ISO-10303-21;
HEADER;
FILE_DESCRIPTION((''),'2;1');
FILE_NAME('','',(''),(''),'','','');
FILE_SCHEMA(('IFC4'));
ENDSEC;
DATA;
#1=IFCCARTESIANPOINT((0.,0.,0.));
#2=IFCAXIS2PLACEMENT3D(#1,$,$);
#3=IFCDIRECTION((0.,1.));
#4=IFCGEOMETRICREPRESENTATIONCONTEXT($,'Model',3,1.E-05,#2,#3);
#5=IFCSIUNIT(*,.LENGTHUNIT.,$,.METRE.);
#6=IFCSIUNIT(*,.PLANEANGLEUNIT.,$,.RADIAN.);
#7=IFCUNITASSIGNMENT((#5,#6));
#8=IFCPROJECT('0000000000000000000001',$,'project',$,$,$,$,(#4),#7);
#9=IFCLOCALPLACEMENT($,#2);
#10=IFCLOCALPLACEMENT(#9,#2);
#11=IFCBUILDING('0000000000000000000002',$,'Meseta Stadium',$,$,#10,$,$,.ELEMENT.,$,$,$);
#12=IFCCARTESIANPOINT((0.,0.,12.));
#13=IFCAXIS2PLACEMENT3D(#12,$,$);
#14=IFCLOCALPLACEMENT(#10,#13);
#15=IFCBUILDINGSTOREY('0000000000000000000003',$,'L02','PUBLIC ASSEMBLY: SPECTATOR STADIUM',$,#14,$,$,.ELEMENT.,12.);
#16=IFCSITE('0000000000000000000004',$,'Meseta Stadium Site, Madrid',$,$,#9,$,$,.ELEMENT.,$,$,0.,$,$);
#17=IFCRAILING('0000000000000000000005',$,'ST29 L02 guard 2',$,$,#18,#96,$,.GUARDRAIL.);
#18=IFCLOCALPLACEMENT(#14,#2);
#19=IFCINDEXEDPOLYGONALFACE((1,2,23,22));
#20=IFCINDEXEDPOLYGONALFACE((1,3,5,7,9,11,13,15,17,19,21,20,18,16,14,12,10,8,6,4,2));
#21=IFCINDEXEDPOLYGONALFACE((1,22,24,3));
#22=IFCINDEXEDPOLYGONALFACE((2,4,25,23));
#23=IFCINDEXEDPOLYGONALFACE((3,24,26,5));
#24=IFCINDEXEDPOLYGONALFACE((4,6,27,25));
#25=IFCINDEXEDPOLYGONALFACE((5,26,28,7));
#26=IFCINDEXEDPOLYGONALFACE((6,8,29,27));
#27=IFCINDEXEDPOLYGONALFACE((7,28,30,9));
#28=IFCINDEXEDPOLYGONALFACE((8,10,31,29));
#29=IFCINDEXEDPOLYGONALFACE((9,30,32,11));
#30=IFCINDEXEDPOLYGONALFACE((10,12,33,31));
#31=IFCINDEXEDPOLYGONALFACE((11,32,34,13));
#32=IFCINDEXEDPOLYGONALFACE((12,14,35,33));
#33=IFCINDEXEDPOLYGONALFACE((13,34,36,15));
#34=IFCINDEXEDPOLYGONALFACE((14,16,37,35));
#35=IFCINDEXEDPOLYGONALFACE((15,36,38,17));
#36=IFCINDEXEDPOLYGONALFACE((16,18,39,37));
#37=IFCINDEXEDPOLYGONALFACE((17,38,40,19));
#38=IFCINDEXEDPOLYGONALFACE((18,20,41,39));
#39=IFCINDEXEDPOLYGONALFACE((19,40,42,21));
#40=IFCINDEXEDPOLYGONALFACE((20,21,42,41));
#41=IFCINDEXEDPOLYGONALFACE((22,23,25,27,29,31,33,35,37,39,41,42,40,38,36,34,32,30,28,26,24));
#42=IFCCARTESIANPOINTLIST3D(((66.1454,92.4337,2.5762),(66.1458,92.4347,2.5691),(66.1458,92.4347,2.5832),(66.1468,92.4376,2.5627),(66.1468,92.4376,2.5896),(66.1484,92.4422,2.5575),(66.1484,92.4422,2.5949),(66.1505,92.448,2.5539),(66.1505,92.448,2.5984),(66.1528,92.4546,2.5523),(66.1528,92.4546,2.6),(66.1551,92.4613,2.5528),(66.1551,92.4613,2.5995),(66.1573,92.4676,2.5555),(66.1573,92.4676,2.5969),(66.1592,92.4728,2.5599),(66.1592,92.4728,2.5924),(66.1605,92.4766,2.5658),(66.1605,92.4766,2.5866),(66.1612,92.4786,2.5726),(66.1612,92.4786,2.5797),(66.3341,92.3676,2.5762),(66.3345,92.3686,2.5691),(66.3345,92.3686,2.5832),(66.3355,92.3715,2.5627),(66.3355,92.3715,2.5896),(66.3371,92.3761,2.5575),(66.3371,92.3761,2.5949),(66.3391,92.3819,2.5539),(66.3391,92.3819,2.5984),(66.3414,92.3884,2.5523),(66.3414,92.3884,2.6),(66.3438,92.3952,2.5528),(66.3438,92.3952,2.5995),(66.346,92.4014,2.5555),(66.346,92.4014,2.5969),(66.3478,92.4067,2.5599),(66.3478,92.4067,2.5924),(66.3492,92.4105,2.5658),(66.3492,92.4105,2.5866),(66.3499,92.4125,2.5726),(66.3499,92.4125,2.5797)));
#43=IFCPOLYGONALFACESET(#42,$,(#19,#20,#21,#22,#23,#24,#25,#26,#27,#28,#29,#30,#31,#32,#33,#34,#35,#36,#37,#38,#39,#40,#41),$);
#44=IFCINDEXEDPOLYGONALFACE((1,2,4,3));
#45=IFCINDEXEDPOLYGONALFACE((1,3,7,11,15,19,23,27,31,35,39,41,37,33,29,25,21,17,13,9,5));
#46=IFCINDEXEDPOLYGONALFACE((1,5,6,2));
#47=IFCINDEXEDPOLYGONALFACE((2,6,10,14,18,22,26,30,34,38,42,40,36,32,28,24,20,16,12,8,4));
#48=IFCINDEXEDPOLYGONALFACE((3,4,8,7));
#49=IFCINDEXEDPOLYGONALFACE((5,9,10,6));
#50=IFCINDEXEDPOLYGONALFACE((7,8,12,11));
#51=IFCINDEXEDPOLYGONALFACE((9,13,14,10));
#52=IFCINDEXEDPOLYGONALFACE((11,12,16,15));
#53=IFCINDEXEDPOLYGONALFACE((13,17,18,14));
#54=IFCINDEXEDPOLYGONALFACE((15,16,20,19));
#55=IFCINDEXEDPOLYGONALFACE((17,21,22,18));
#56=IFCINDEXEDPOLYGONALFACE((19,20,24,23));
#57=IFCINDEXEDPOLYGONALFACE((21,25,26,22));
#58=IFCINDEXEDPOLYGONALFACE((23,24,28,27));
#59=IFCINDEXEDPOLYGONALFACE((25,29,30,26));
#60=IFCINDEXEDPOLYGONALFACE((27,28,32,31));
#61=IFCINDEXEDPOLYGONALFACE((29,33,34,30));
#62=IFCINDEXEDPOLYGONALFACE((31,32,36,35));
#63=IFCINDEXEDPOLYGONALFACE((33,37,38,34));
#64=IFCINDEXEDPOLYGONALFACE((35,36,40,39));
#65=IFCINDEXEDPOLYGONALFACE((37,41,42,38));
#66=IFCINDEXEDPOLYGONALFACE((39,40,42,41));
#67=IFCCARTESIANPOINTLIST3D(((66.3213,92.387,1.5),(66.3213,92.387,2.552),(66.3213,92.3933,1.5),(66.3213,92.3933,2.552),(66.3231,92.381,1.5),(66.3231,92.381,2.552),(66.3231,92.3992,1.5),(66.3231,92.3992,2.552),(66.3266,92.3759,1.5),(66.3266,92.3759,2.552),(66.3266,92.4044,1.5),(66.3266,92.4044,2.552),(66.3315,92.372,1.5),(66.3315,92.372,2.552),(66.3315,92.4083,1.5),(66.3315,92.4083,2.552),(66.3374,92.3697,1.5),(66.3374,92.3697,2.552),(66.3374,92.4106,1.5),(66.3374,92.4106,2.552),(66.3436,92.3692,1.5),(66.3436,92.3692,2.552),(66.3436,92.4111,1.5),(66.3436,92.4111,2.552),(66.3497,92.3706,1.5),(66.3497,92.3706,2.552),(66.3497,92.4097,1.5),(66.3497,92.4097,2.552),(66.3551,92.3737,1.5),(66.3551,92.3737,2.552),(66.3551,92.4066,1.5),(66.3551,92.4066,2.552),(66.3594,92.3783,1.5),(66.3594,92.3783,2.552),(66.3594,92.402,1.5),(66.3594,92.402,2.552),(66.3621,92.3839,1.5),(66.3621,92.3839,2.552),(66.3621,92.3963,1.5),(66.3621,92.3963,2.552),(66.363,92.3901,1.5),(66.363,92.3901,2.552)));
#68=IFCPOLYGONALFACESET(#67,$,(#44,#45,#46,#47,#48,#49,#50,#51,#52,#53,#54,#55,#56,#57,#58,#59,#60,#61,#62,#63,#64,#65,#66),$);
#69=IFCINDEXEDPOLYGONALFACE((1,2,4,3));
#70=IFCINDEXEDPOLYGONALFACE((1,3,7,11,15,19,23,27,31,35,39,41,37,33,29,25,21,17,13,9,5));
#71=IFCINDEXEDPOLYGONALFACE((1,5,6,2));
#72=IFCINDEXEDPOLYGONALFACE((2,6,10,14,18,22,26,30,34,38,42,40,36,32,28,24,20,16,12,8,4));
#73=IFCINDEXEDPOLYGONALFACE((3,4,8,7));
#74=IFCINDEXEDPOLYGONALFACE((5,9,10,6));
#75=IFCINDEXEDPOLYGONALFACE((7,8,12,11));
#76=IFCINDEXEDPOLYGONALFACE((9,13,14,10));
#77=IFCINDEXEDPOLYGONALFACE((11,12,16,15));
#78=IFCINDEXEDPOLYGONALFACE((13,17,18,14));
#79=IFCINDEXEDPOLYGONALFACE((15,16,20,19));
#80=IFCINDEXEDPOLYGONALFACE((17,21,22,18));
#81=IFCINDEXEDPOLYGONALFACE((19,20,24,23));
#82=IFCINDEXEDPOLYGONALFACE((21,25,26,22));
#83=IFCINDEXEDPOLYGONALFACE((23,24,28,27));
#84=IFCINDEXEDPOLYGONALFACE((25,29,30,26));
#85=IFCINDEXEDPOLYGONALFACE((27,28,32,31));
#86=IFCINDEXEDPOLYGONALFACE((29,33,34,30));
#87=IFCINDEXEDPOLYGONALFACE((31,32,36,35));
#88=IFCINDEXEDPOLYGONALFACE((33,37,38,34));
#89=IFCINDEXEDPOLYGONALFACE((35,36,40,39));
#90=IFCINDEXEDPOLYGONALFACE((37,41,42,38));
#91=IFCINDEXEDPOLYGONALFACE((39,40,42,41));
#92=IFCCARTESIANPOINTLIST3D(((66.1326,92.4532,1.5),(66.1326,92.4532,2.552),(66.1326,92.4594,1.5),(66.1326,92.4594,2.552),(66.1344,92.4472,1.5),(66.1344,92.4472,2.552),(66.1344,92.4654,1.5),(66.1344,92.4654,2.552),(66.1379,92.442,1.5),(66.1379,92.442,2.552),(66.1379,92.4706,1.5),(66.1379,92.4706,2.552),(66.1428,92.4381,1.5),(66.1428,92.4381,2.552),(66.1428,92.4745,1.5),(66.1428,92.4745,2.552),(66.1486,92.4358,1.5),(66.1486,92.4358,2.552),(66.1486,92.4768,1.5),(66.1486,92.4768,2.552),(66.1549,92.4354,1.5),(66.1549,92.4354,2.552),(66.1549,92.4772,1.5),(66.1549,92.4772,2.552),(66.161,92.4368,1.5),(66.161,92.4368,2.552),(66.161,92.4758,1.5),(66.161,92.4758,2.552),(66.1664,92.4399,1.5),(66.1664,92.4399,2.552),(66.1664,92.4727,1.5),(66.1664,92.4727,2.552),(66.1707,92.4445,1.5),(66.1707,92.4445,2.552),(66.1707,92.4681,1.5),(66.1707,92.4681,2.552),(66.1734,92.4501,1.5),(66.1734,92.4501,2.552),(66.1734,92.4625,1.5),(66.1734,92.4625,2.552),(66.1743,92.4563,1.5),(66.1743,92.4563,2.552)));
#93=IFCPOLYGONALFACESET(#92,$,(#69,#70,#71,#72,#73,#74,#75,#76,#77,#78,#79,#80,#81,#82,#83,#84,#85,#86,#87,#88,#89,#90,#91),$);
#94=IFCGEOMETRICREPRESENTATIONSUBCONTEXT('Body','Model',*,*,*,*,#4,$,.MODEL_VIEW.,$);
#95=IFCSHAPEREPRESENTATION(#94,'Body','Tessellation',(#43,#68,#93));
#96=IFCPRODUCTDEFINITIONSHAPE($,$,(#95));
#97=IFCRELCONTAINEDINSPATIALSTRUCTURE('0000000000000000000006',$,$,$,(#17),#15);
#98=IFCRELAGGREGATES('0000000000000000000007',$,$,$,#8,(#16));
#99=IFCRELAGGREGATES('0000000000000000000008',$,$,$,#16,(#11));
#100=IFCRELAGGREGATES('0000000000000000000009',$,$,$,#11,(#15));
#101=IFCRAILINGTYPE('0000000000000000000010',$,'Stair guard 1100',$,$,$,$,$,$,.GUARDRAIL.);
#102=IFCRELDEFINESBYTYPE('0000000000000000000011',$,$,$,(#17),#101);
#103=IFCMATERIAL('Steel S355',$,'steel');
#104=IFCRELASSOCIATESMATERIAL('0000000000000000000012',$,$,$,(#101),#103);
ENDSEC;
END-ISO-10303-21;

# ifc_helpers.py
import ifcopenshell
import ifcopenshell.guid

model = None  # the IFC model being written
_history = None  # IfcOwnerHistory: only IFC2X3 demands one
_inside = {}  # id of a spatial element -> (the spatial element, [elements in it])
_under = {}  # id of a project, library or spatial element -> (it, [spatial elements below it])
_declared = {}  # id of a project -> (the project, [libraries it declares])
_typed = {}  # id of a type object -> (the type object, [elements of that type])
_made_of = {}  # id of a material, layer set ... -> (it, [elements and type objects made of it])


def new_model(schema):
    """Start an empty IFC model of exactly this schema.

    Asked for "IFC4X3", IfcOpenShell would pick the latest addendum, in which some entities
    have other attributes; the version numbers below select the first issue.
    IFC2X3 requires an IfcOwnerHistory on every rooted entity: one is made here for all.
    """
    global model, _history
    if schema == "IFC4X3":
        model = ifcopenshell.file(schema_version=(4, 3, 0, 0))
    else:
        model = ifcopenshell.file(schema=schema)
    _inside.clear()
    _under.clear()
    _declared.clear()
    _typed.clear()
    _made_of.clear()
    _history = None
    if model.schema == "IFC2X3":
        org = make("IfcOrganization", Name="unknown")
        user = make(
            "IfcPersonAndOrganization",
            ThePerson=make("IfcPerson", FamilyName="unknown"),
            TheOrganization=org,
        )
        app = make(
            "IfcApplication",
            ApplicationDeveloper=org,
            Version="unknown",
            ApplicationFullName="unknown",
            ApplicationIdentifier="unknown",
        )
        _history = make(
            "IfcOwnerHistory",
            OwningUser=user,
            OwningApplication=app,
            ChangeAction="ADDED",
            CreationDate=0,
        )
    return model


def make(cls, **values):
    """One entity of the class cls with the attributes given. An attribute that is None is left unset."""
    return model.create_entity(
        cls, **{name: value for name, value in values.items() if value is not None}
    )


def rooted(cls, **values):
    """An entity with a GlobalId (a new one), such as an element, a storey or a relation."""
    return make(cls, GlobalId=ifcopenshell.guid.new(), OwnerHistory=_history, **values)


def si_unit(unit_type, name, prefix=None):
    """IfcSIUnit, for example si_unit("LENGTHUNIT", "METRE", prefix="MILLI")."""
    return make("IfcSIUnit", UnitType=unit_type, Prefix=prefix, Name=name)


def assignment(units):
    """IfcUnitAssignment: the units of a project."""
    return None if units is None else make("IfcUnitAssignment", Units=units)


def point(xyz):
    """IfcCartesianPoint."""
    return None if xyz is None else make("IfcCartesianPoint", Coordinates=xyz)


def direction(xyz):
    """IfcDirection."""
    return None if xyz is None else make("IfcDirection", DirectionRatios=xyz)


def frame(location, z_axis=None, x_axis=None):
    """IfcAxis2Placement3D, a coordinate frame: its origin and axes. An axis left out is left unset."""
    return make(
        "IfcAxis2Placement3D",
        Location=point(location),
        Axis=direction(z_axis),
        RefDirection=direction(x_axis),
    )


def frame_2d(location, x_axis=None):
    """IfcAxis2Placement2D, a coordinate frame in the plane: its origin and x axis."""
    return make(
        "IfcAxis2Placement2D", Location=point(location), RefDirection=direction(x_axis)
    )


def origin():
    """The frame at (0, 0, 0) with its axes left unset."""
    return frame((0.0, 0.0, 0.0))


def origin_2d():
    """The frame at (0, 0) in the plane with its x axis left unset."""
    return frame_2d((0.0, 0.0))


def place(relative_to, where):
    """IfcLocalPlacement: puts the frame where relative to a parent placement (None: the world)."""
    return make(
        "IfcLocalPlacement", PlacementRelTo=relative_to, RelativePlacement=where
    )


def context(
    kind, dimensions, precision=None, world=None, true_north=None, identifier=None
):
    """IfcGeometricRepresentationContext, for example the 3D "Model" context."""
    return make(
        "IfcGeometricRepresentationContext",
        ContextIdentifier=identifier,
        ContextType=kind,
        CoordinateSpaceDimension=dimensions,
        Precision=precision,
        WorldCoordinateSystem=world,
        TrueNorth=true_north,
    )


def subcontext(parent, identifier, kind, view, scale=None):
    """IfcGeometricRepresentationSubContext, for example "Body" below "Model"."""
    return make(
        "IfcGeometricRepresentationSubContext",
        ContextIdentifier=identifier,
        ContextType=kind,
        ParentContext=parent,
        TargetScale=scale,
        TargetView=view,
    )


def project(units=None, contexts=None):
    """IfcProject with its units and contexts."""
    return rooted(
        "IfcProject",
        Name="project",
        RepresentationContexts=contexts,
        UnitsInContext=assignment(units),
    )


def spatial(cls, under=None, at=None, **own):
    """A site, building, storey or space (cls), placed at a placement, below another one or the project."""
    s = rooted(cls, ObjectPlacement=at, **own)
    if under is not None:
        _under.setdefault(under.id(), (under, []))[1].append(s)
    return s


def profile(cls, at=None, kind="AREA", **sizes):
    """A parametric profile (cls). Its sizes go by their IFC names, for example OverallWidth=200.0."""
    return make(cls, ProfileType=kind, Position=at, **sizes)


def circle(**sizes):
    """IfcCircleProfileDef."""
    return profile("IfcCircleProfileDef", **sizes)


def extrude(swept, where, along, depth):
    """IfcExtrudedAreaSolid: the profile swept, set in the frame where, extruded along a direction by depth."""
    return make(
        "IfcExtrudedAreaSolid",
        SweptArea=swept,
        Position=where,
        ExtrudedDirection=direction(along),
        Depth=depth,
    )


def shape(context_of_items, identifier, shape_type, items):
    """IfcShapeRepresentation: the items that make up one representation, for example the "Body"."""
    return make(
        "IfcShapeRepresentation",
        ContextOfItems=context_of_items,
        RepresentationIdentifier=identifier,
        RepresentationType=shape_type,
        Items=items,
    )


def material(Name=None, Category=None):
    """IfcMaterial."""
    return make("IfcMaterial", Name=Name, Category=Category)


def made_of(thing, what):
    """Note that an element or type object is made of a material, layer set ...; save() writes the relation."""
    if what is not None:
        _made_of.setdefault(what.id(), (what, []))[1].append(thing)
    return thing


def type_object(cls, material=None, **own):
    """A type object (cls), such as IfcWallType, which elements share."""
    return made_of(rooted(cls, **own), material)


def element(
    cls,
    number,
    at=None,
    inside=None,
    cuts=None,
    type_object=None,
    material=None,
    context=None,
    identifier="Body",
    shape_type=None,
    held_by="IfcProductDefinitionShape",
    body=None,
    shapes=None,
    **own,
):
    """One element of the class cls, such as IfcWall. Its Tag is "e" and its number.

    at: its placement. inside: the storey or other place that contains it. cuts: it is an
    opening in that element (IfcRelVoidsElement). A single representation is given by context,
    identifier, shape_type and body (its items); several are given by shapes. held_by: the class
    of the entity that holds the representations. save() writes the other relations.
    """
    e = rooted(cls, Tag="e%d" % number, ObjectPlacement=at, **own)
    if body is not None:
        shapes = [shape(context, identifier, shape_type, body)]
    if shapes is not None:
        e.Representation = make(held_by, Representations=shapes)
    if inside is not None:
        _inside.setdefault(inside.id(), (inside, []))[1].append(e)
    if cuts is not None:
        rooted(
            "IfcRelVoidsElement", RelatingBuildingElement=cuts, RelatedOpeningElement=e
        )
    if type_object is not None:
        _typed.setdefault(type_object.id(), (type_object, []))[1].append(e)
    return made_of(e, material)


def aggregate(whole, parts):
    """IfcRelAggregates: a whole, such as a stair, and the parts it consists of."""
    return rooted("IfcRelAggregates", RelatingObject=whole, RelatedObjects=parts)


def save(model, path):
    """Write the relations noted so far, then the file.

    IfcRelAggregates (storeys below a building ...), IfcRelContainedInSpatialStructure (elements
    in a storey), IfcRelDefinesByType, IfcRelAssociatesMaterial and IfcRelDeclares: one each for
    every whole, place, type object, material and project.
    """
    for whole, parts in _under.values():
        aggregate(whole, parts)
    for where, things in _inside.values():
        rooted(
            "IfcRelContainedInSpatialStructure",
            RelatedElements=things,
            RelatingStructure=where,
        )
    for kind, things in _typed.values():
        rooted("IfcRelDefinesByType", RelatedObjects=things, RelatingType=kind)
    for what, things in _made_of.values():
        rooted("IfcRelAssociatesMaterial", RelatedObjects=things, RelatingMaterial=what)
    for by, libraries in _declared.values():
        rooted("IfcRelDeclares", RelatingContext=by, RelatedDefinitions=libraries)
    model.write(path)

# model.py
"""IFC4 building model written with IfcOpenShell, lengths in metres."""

from ifc_helpers import new_model, si_unit, direction, frame, origin, origin_2d, place, context, subcontext, project, spatial, circle, extrude, material, type_object, element, save


model = new_model("IFC4")

# Units and contexts
model_context = context("Model", 3, precision=1e-05, world=origin(), true_north=direction((0.0, 1.0)))
body_context = subcontext(model_context, "Body", "Model", "MODEL_VIEW")
ifc_project = project(units=[si_unit("LENGTHUNIT", "METRE"), si_unit("PLANEANGLEUNIT", "RADIAN")], contexts=[model_context])

# Site, building, storey
site_placement = place(None, origin())
site = spatial("IfcSite", under=ifc_project, at=site_placement, Name="Meseta Stadium Site, Madrid", CompositionType="ELEMENT", RefElevation=0.0)
building_placement = place(site_placement, origin())
building = spatial("IfcBuilding", under=site, at=building_placement, Name="Meseta Stadium", CompositionType="ELEMENT")
storey_placement = place(building_placement, frame((0.0, 0.0, 12.0)))
storey = spatial("IfcBuildingStorey", under=building, at=storey_placement, Name="L02", Description="PUBLIC ASSEMBLY: SPECTATOR STADIUM", CompositionType="ELEMENT", Elevation=12.0)

# Railing
ifc_material_1 = material(Name="Steel S355", Category="steel")
railing_type_1 = type_object("IfcRailingType", Name="Stair guard 1100", PredefinedType="GUARDRAIL", material=ifc_material_1)
railing_1_placement = place(storey_placement, frame((66.342, 92.3901, 1.5)))
element("IfcRailing", 1, at=railing_1_placement, inside=storey, type_object=railing_type_1, Name="ST29 L02 guard 2", PredefinedType="GUARDRAIL", context=body_context, shape_type="SweptSolid", body=[
    extrude(circle(Radius=0.0239, at=origin_2d()), frame((0.0, 0.0, 1.0762), z_axis=(-0.943687, 0.33084, 0.0), x_axis=(-0.33084, -0.943687, 0.0)), (0.0, 0.0, 1.0), 0.2),
    extrude(circle(Radius=0.021, at=origin_2d()), origin(), (0.0, 0.0, 1.0), 1.052),
    extrude(circle(Radius=0.021, at=origin_2d()), frame((-0.1887, 0.0662, 0.0)), (0.0, 0.0, 1.0), 1.052),
])

save(model, "model.ifc")
